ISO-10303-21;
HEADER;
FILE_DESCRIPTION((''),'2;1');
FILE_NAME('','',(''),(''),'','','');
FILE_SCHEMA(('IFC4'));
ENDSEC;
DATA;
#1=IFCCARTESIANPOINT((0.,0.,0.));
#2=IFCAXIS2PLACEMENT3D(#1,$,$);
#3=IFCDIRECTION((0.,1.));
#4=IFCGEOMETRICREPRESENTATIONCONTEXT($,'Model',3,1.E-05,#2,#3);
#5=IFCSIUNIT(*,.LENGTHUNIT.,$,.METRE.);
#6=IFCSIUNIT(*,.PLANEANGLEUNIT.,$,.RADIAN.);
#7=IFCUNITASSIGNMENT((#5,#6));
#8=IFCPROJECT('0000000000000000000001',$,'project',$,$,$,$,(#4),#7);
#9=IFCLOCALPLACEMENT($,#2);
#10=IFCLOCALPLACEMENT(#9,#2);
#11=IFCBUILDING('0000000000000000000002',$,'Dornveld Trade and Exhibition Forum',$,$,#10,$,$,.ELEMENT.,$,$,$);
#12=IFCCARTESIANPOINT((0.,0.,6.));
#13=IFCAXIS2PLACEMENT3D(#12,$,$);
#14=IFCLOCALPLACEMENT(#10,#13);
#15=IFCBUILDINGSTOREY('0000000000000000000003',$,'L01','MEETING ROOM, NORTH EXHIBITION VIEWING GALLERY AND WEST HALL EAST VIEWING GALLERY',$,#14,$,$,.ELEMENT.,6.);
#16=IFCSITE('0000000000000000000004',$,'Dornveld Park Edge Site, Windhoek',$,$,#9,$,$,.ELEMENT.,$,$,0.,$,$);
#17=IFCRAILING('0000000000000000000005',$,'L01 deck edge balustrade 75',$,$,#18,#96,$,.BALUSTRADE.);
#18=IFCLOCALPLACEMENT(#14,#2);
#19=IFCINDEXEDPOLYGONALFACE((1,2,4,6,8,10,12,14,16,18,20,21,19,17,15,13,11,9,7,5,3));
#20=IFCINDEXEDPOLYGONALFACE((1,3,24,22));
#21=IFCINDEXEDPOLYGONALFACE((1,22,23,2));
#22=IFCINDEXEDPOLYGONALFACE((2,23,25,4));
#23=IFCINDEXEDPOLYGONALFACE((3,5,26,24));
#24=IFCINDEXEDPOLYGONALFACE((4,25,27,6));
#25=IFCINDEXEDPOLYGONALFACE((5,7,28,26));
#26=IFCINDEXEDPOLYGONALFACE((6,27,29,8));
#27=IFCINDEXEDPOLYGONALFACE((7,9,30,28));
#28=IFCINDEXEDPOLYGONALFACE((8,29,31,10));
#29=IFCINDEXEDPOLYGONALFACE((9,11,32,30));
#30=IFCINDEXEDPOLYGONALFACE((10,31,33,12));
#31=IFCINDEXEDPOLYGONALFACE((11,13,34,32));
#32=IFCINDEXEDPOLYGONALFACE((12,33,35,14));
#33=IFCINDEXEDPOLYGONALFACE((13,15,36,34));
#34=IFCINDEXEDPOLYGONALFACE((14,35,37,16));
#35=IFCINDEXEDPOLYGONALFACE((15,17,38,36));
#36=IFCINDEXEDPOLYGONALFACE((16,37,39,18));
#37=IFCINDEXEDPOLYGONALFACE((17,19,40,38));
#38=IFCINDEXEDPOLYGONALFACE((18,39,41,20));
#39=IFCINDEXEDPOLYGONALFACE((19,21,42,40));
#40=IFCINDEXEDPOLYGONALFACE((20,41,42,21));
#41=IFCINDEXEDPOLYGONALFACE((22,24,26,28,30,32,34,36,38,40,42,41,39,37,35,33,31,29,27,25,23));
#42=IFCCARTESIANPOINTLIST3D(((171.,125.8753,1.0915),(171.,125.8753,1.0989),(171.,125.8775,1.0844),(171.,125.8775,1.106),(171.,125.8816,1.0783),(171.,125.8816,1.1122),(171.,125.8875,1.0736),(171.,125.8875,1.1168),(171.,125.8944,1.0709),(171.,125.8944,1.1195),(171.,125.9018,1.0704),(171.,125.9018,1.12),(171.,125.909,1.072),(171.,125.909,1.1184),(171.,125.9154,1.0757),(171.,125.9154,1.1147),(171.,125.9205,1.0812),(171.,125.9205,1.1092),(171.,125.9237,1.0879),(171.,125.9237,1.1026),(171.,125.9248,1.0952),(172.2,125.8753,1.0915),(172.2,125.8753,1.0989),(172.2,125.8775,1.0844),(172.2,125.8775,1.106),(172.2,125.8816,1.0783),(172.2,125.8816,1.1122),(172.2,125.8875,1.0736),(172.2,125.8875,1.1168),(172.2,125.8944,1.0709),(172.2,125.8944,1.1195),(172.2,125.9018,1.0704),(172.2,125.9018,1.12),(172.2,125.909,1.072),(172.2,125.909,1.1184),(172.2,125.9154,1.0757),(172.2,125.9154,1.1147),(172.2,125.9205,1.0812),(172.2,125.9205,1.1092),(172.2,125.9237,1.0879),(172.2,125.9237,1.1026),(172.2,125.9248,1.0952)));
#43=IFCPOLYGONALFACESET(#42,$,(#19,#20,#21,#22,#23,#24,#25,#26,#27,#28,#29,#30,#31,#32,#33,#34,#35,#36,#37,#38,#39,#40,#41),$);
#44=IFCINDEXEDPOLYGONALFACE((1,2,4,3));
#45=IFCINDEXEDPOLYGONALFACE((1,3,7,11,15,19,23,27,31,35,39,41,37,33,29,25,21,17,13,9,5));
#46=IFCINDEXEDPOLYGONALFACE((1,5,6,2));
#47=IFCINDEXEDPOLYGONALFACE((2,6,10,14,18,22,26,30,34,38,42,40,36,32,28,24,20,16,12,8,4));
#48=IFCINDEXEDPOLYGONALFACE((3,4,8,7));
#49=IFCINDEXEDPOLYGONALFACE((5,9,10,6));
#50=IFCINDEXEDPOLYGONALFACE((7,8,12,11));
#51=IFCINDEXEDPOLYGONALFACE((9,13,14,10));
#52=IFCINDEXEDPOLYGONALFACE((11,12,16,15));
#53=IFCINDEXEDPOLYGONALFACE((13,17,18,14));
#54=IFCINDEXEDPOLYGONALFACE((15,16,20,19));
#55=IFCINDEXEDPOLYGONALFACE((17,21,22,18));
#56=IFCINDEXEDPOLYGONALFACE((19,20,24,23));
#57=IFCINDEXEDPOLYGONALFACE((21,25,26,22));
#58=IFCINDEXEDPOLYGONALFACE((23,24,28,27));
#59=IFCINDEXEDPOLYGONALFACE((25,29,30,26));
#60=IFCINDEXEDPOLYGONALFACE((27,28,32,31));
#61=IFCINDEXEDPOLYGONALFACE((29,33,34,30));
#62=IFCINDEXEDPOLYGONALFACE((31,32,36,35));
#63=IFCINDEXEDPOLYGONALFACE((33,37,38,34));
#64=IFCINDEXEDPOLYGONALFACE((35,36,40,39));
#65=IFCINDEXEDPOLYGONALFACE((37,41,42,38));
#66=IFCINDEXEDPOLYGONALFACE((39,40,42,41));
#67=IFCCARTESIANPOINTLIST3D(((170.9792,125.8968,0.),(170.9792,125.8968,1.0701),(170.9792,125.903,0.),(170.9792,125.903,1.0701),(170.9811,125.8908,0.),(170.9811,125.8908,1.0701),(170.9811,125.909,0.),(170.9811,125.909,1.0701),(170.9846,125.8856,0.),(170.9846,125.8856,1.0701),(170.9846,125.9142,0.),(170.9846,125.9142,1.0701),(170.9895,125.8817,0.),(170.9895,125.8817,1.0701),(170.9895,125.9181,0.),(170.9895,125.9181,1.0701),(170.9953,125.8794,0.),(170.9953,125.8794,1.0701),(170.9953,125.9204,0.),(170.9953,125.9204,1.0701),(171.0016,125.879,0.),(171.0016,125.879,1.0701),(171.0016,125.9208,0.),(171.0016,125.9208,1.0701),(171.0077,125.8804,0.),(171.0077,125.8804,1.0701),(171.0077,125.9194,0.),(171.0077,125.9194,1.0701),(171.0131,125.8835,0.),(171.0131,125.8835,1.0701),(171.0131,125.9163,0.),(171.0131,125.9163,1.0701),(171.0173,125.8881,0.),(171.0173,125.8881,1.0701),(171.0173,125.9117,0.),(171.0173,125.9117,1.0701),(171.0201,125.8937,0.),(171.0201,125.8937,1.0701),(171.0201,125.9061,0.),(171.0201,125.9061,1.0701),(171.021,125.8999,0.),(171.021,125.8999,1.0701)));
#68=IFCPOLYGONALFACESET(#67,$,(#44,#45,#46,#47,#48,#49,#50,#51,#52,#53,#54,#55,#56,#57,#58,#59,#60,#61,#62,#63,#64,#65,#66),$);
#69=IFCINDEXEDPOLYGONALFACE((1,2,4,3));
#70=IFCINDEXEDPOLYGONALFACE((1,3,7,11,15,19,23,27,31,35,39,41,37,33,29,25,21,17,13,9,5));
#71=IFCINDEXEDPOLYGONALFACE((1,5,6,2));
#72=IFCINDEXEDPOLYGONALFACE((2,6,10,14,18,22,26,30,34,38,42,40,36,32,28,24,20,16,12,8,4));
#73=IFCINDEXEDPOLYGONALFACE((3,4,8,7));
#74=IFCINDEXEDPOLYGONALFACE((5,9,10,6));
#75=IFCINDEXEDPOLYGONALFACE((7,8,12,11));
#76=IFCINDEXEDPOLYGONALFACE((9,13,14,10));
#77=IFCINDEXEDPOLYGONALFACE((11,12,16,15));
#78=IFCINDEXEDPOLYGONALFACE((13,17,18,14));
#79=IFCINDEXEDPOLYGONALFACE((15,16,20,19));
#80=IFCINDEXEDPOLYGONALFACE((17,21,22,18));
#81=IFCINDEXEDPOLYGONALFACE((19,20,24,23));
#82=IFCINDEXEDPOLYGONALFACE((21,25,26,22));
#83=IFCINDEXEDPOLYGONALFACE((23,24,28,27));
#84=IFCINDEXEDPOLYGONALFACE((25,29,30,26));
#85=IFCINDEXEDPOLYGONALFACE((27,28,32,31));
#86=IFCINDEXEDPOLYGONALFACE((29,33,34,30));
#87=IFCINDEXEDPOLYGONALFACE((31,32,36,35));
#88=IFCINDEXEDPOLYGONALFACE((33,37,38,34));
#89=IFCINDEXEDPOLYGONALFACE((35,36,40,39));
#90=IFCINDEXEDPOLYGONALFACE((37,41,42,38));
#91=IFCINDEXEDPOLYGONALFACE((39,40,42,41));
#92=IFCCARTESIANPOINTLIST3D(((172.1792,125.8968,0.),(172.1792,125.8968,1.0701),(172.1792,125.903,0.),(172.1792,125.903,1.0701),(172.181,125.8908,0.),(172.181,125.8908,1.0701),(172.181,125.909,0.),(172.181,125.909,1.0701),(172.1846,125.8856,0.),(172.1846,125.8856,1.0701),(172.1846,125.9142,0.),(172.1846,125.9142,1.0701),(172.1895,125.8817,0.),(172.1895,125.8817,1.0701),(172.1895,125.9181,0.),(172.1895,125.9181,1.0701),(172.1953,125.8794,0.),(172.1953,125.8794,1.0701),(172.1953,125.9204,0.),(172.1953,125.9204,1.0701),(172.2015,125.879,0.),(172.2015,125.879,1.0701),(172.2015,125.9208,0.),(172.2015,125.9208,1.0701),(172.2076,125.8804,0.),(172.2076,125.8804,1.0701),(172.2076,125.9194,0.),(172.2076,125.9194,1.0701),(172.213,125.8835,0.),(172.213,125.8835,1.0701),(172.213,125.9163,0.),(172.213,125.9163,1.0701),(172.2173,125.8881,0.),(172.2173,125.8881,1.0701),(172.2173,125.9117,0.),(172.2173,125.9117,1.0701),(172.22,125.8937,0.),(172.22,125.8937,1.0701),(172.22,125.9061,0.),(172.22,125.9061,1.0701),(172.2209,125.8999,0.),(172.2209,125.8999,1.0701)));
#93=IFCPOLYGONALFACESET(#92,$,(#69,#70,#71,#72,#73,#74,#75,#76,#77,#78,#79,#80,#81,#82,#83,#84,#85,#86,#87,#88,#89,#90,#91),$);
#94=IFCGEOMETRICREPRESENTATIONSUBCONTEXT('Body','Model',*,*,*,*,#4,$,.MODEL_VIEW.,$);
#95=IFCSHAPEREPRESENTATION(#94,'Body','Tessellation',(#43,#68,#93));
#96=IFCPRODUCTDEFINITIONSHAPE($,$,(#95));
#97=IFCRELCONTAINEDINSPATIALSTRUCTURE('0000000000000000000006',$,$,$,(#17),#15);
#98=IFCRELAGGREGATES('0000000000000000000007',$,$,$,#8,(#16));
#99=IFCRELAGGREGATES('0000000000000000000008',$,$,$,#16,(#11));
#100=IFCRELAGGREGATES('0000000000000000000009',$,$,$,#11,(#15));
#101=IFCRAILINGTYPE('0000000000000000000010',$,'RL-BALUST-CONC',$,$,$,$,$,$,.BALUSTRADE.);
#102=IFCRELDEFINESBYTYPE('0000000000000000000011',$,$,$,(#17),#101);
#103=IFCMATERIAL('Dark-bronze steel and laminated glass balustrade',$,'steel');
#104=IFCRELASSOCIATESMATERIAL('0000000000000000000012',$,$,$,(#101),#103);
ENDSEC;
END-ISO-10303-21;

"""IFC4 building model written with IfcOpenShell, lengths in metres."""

from ifc_helpers import new_model, si_unit, direction, frame, origin, origin_2d, place, context, subcontext, project, spatial, circle, extrude, material, type_object, element, save


model = new_model("IFC4")

# Units and contexts
model_context = context("Model", 3, precision=1e-05, world=origin(), true_north=direction((0.0, 1.0)))
body_context = subcontext(model_context, "Body", "Model", "MODEL_VIEW")
ifc_project = project(units=[si_unit("LENGTHUNIT", "METRE"), si_unit("PLANEANGLEUNIT", "RADIAN")], contexts=[model_context])

# Site, building, storey
site_placement = place(None, origin())
site = spatial("IfcSite", under=ifc_project, at=site_placement, Name="Dornveld Park Edge Site, Windhoek", CompositionType="ELEMENT", RefElevation=0.0)
building_placement = place(site_placement, origin())
building = spatial("IfcBuilding", under=site, at=building_placement, Name="Dornveld Trade and Exhibition Forum", CompositionType="ELEMENT")
storey_placement = place(building_placement, frame((0.0, 0.0, 6.0)))
storey = spatial("IfcBuildingStorey", under=building, at=storey_placement, Name="L01", Description="MEETING ROOM, NORTH EXHIBITION VIEWING GALLERY AND WEST HALL EAST VIEWING GALLERY", CompositionType="ELEMENT", Elevation=6.0)

# Railing
ifc_material_1 = material(Name="Dark-bronze steel and laminated glass balustrade", Category="steel")
railing_type = type_object("IfcRailingType", Name="RL-BALUST-CONC", PredefinedType="BALUSTRADE", material=ifc_material_1)
railing_1_placement = place(storey_placement, frame((171.0, 125.8999, 0.0)))
element("IfcRailing", 1, at=railing_1_placement, inside=storey, type_object=railing_type, Name="L01 deck edge balustrade 75", PredefinedType="BALUSTRADE", context=body_context, shape_type="SweptSolid", body=[
    extrude(circle(Radius=0.0249, at=origin_2d()), frame((0.0, 0.0, 1.0952), z_axis=(1.0, 0.0, 0.0), x_axis=(0.0, 1.0, 0.0)), (0.0, 0.0, 1.0), 1.2),
    extrude(circle(Radius=0.021, at=origin_2d()), origin(), (0.0, 0.0, 1.0), 1.0701),
    extrude(circle(Radius=0.021, at=origin_2d()), frame((1.2, 0.0, 0.0)), (0.0, 0.0, 1.0), 1.0701),
])

save(model, "model.ifc")
